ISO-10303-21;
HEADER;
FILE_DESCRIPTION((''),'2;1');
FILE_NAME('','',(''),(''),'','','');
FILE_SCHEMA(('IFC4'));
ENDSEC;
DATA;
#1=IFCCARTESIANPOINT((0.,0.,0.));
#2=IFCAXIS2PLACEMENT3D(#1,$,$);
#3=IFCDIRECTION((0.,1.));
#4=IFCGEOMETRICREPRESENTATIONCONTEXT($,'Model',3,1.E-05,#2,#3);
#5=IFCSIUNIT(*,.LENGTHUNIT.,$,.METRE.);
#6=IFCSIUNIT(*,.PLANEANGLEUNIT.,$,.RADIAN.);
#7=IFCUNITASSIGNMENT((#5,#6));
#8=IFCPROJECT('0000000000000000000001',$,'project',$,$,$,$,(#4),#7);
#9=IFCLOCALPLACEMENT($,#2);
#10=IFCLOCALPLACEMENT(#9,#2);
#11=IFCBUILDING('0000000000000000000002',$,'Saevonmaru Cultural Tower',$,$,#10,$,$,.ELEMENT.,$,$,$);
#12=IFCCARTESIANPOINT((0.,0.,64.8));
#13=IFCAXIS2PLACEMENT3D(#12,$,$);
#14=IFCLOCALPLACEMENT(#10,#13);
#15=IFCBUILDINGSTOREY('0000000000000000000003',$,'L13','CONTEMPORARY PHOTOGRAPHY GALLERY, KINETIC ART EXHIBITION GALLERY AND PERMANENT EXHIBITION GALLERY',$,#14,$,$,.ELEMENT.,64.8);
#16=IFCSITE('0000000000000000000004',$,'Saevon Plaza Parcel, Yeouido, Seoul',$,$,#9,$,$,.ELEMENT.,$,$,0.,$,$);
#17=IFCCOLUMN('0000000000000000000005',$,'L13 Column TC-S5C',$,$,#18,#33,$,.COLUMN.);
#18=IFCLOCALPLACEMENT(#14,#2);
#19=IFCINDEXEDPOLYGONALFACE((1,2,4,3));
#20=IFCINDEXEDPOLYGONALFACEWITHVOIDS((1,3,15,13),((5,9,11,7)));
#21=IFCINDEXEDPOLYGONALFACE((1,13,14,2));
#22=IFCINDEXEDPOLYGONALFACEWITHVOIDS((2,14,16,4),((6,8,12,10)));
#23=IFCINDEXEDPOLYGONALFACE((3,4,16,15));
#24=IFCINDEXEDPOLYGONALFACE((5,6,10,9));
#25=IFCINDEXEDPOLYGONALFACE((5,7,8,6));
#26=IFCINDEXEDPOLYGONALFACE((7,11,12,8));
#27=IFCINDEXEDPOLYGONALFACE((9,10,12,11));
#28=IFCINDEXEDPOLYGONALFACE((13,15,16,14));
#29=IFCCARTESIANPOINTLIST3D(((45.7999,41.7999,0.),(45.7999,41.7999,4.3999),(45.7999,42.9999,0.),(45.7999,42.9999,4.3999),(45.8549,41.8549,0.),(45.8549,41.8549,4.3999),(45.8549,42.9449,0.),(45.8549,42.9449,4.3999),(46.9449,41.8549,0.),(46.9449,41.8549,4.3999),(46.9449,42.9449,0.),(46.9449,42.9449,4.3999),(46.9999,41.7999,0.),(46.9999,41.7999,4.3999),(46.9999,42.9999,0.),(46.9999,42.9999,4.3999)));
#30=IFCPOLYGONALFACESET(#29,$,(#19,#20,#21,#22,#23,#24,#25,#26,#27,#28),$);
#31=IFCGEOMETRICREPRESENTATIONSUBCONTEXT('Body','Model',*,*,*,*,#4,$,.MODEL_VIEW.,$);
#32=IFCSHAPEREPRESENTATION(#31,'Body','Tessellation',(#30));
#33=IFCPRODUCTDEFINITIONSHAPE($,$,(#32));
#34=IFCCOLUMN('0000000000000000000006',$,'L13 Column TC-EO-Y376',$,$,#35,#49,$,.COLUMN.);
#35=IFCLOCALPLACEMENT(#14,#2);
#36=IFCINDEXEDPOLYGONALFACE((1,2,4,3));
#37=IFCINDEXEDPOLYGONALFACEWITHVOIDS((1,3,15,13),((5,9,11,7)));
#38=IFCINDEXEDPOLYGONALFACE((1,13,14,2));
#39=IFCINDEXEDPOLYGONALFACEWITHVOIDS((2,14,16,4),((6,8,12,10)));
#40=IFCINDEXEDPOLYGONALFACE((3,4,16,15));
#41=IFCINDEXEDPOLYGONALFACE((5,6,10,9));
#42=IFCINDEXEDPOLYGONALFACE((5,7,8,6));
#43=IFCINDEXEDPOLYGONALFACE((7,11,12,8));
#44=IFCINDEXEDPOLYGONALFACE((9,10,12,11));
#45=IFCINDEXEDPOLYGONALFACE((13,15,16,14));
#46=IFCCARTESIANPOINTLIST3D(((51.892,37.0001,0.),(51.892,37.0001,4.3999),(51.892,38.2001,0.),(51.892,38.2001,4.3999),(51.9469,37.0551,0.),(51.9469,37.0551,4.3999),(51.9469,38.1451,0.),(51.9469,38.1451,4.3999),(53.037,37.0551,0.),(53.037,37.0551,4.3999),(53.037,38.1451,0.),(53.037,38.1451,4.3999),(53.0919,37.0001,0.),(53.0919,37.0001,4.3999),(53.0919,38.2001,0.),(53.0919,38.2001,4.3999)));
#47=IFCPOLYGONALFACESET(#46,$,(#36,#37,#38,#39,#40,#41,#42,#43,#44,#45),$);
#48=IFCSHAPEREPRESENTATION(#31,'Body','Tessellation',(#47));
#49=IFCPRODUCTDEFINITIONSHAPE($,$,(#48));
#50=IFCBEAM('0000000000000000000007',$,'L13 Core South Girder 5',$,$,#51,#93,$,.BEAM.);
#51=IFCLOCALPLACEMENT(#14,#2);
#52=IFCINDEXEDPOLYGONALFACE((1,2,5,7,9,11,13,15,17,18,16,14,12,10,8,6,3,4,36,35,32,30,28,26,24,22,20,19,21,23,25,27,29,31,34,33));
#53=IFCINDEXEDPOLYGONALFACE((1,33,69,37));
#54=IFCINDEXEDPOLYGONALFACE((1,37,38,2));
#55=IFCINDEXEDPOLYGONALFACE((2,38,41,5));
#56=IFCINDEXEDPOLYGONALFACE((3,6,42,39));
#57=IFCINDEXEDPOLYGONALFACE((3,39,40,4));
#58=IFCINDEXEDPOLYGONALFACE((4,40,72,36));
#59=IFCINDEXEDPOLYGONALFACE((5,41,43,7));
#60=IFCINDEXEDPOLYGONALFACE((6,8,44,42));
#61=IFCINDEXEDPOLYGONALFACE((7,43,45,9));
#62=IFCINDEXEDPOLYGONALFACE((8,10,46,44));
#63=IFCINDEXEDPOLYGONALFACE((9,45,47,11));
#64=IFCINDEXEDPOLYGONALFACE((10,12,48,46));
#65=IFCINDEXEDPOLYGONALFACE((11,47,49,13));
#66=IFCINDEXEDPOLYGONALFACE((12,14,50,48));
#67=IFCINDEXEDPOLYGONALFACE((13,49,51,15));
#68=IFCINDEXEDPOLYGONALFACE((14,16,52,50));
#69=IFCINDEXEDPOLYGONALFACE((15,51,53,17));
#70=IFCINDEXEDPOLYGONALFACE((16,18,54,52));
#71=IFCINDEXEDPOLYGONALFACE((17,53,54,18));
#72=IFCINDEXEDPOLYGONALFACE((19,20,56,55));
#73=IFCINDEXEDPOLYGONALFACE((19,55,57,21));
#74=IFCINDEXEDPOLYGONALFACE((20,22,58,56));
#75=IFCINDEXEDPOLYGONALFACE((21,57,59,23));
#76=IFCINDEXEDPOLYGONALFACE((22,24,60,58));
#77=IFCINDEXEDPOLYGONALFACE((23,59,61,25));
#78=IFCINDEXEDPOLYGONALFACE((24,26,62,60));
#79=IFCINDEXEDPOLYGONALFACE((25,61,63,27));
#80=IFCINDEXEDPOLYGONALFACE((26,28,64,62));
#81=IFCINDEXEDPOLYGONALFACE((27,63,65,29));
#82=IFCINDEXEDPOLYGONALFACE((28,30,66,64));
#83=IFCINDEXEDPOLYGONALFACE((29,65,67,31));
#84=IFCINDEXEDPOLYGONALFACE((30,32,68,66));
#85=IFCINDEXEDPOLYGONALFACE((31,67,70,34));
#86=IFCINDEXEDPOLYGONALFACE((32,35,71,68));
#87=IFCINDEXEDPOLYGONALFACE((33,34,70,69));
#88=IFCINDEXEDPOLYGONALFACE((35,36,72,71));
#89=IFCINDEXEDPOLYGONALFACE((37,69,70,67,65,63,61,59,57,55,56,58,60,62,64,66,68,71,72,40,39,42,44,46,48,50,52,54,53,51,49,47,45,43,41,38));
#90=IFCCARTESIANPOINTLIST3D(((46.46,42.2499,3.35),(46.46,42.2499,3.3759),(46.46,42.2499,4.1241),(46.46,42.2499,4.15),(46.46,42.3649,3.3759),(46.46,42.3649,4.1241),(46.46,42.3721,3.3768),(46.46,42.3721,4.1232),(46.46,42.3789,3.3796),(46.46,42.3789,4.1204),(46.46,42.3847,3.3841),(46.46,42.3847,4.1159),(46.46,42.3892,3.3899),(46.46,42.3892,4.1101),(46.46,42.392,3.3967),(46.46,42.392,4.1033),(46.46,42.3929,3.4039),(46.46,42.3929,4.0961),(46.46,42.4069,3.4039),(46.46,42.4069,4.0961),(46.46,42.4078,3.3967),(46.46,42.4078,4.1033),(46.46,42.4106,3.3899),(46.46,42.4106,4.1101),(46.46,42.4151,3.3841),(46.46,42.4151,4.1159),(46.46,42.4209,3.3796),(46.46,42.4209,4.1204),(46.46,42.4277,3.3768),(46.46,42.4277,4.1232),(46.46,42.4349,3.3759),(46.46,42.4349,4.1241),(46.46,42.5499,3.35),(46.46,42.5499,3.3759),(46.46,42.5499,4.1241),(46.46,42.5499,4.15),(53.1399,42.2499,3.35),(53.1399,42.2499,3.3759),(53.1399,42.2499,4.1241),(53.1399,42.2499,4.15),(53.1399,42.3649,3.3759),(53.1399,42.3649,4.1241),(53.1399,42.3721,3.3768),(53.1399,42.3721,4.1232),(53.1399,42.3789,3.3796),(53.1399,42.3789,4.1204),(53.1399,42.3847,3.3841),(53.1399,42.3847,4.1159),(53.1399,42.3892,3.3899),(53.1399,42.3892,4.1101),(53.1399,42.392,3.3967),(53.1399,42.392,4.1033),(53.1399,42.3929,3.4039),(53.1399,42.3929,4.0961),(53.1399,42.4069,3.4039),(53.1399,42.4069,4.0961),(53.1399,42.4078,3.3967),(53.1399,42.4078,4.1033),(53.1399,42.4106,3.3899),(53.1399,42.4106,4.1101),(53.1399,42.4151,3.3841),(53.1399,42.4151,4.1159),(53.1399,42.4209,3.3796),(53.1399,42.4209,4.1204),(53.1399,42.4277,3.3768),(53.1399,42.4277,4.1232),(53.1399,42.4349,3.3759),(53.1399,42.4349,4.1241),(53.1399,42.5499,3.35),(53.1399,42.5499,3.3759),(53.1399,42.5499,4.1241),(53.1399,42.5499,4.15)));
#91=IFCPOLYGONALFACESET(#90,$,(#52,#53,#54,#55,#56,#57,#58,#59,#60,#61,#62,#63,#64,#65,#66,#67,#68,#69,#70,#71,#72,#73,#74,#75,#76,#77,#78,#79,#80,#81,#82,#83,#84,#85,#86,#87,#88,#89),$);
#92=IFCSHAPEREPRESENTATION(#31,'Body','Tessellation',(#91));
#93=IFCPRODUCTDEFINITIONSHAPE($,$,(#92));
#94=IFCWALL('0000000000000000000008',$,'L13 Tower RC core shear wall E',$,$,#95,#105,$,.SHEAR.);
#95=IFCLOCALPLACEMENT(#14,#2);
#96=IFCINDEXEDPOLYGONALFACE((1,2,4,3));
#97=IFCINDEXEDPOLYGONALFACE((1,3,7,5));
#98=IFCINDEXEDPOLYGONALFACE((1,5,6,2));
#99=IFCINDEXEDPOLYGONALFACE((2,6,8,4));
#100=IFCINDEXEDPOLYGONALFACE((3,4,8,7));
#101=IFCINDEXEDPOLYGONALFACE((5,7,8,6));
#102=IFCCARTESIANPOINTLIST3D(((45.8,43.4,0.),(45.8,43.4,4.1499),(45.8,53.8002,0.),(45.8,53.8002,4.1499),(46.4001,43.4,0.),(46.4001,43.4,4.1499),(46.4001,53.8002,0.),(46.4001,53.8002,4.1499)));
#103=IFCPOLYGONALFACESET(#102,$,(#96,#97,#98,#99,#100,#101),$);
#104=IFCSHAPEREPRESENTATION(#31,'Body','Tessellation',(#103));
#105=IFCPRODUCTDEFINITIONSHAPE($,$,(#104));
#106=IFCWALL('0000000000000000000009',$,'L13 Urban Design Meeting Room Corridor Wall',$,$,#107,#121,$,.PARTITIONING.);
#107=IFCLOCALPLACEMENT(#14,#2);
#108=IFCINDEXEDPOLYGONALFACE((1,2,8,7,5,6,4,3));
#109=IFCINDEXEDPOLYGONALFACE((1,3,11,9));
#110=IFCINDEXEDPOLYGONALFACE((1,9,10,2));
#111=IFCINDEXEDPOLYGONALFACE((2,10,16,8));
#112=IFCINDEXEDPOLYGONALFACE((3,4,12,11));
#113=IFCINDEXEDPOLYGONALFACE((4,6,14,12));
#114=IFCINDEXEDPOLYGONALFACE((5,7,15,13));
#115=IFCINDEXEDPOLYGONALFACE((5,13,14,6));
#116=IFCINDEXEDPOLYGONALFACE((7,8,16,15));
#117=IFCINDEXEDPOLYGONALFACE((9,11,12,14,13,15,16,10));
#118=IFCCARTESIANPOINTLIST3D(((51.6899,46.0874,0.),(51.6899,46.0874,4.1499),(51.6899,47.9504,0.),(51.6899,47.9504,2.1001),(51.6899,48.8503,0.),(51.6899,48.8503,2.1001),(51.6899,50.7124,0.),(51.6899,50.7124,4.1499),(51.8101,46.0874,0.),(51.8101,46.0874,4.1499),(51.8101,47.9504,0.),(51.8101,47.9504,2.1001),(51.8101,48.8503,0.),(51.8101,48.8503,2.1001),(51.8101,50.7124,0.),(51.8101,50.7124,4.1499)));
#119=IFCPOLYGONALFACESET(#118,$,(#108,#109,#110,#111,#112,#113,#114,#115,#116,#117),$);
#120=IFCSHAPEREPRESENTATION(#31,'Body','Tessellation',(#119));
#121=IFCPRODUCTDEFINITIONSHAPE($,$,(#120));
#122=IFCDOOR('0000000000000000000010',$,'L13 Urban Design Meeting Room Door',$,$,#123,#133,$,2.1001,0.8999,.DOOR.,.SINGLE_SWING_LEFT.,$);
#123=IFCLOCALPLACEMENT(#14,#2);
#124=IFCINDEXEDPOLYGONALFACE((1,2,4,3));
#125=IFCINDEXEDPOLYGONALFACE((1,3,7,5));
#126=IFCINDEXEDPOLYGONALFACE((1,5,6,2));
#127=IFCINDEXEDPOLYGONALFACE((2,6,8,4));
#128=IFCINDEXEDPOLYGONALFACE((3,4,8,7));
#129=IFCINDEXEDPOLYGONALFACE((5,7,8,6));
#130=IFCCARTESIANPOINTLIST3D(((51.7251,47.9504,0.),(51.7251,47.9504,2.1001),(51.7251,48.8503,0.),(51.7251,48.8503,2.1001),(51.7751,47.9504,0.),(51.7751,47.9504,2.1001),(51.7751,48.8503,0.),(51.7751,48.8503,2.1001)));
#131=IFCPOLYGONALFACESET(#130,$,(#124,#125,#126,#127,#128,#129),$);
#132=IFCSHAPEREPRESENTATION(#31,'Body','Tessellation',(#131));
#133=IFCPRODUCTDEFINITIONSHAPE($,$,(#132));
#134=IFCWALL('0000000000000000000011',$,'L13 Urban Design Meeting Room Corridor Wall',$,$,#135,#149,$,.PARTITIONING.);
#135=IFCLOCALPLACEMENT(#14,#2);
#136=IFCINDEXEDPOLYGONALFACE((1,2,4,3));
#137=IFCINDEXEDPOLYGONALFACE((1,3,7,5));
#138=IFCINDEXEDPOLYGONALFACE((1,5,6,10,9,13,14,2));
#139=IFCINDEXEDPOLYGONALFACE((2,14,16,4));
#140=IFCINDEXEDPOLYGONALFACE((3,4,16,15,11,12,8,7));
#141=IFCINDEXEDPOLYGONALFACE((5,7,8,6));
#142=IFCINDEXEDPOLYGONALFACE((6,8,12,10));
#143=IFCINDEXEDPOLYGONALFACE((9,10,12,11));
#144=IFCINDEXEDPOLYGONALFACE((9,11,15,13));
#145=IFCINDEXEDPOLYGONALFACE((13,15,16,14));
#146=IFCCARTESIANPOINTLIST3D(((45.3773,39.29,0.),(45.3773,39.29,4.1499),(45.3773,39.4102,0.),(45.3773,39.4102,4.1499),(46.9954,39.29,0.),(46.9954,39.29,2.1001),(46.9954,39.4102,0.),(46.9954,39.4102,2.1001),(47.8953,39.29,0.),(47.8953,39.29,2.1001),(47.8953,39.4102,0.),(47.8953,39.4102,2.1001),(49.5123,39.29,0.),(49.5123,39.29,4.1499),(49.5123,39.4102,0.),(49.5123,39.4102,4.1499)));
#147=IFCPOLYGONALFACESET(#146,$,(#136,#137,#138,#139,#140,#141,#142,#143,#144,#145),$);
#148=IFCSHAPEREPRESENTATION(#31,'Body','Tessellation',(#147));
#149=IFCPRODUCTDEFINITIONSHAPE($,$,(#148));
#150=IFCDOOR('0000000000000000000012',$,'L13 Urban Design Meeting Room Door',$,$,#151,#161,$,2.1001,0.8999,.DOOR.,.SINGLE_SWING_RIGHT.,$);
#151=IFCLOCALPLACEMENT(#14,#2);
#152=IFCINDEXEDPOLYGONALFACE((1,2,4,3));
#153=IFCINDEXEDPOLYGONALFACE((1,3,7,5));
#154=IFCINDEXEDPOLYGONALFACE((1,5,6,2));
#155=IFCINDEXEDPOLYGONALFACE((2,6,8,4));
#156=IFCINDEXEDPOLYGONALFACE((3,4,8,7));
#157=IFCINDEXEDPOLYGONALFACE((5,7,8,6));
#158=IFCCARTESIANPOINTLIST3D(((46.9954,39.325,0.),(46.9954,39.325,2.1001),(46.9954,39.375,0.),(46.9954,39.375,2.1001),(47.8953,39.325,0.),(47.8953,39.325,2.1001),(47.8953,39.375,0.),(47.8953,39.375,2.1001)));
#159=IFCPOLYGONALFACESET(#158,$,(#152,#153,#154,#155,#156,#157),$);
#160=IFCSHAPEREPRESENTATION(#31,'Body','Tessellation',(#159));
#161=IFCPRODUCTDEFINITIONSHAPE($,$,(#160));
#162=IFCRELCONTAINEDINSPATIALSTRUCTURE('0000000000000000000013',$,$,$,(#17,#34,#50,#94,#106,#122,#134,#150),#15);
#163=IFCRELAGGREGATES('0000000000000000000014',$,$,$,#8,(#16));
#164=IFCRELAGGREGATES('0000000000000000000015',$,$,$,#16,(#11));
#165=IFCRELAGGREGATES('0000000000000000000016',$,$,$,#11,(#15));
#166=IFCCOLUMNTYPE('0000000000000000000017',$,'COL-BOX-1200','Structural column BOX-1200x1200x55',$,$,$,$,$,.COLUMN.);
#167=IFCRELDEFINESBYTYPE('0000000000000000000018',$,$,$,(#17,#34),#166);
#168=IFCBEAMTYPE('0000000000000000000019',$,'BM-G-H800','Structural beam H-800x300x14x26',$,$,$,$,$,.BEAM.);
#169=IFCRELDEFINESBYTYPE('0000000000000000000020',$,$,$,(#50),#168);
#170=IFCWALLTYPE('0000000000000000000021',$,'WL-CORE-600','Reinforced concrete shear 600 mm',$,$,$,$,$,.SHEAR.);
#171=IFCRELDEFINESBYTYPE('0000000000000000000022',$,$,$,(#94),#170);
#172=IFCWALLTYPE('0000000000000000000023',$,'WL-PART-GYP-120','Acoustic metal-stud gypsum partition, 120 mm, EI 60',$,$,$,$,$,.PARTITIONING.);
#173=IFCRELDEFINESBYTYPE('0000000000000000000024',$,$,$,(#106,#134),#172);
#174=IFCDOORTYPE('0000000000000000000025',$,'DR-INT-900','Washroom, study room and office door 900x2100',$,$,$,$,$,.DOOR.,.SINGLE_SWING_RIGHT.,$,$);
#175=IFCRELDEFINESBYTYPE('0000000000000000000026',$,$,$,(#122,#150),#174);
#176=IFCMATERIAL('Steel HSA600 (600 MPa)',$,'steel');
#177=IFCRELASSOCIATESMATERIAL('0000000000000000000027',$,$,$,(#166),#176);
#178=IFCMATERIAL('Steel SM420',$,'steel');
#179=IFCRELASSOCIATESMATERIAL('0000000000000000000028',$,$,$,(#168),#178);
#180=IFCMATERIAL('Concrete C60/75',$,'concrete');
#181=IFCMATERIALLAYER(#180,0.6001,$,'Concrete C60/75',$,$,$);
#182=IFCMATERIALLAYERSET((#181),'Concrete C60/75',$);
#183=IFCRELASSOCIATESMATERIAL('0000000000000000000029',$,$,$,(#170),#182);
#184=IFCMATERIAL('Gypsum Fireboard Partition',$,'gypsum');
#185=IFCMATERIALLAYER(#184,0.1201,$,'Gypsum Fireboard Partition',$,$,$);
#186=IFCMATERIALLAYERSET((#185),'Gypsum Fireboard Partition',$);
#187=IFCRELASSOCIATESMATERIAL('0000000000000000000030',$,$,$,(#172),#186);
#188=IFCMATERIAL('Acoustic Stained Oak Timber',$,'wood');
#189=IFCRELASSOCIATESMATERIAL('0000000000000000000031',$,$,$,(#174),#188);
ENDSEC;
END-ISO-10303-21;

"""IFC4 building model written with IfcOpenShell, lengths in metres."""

from ifc_helpers import new_model, si_unit, direction, frame, frame_2d, origin, origin_2d, place, context, subcontext, project, spatial, rectangle, hollow_rectangle, i_section, extrude, material, layer, layer_set, material_profile, profile_set, type_object, element, fill, save


model = new_model("IFC4")

# Units and contexts
model_context = context("Model", 3, precision=1e-05, world=origin(), true_north=direction((0.0, 1.0)))
body_context = subcontext(model_context, "Body", "Model", "MODEL_VIEW")
ifc_project = project(units=[si_unit("LENGTHUNIT", "METRE"), si_unit("PLANEANGLEUNIT", "RADIAN")], contexts=[model_context])

# Site, building, storey
site_placement = place(None, origin())
site = spatial("IfcSite", under=ifc_project, at=site_placement, Name="Saevon Plaza Parcel, Yeouido, Seoul", CompositionType="ELEMENT", RefElevation=0.0)
building_placement = place(site_placement, origin())
building = spatial("IfcBuilding", under=site, at=building_placement, Name="Saevonmaru Cultural Tower", CompositionType="ELEMENT")
storey_placement = place(building_placement, frame((0.0, 0.0, 64.8)))
storey = spatial("IfcBuildingStorey", under=building, at=storey_placement, Name="L13", Description="CONTEMPORARY PHOTOGRAPHY GALLERY, KINETIC ART EXHIBITION GALLERY AND PERMANENT EXHIBITION GALLERY", CompositionType="ELEMENT", Elevation=64.8)

# Columns
ifc_material_1 = material(Name="Steel HSA600 (600 MPa)", Category="steel")
ifc_material_profile_1 = material_profile(ifc_material_1, hollow_rectangle(XDim=1.2, YDim=1.2, WallThickness=0.0549, at=origin_2d()), Name="BOX-1200x1200x55")
ifc_profile_set_1 = profile_set([ifc_material_profile_1], Name="Steel HSA600 (600 MPa)")
column_type = type_object("IfcColumnType", Name="COL-BOX-1200", Description="Structural column BOX-1200x1200x55", PredefinedType="COLUMN", material=ifc_profile_set_1)
for number, where, z_axis, x_axis, name in (
    (1, (46.3999, 42.3999, 0.0), (0.0, 0.0, 1.0), (1.0, 0.0, 0.0), "L13 Column TC-S5C"),
    (2, (52.4919, 37.6001, 0.0), (0.0, 0.0, 1.0), (1.0, 0.0, 0.0), "L13 Column TC-EO-Y376"),
):
    element("IfcColumn", number, at=place(storey_placement, frame(where, z_axis=z_axis, x_axis=x_axis)), inside=storey, type_object=column_type, Name=name, PredefinedType="COLUMN", context=body_context, shape_type="SweptSolid", body=[
        extrude(hollow_rectangle(XDim=1.2, YDim=1.2, WallThickness=0.0549, at=origin_2d()), origin(), (0.0, 0.0, 1.0), 4.3999),
    ])

# Beam
ifc_material_2 = material(Name="Steel SM420", Category="steel")
ifc_material_profile_2 = material_profile(ifc_material_2, i_section(OverallWidth=0.3, OverallDepth=0.8, WebThickness=0.0139, FlangeThickness=0.0259, FilletRadius=0.0281, at=origin_2d()), Name="H-800x300x14x26")
ifc_profile_set_2 = profile_set([ifc_material_profile_2], Name="Steel SM420")
beam_type = type_object("IfcBeamType", Name="BM-G-H800", Description="Structural beam H-800x300x14x26", PredefinedType="BEAM", material=ifc_profile_set_2)
beam_placement = place(storey_placement, frame((46.46, 42.3999, 3.75), z_axis=(1.0, 0.0, 0.0), x_axis=(0.0, 1.0, 0.0)))
element("IfcBeam", 3, at=beam_placement, inside=storey, type_object=beam_type, Name="L13 Core South Girder 5", PredefinedType="BEAM", context=body_context, shape_type="SweptSolid", body=[
    extrude(i_section(OverallWidth=0.3, OverallDepth=0.8, WebThickness=0.0139, FlangeThickness=0.0259, FilletRadius=0.0281, at=origin_2d()), origin(), (0.0, 0.0, 1.0), 6.6799),
])

# Wall
ifc_material_3 = material(Name="Concrete C60/75", Category="concrete")
ifc_layer_1 = layer(ifc_material_3, 0.6001, Name="Concrete C60/75")
ifc_layer_set_1 = layer_set([ifc_layer_1], Name="Concrete C60/75")
wall_type_1 = type_object("IfcWallType", Name="WL-CORE-600", Description="Reinforced concrete shear 600 mm", PredefinedType="SHEAR", material=ifc_layer_set_1)
wall_1_placement = place(storey_placement, frame((46.1001, 43.3999, 0.0), z_axis=(0.0, 0.0, 1.0), x_axis=(0.0, 1.0, 0.0)))
element("IfcWall", 4, at=wall_1_placement, inside=storey, type_object=wall_type_1, Name="L13 Tower RC core shear wall E", PredefinedType="SHEAR", context=body_context, shape_type="SweptSolid", body=[
    extrude(rectangle(XDim=10.4001, YDim=0.6001, at=frame_2d((5.2002, 0.0))), origin(), (0.0, 0.0, 1.0), 4.1499),
])

# Walls, openings, doors
ifc_material_4 = material(Name="Gypsum Fireboard Partition", Category="gypsum")
ifc_material_5 = material(Name="Acoustic Stained Oak Timber", Category="wood")
ifc_layer_2 = layer(ifc_material_4, 0.1201, Name="Gypsum Fireboard Partition")
ifc_layer_set_2 = layer_set([ifc_layer_2], Name="Gypsum Fireboard Partition")
wall_type_2 = type_object("IfcWallType", Name="WL-PART-GYP-120", Description="Acoustic metal-stud gypsum partition, 120 mm, EI 60", PredefinedType="PARTITIONING", material=ifc_layer_set_2)
wall_2_placement = place(storey_placement, frame((51.75, 46.0874, 0.0), z_axis=(0.0, 0.0, 1.0), x_axis=(0.0, 1.0, 0.0)))
wall_2 = element("IfcWall", 5, at=wall_2_placement, inside=storey, type_object=wall_type_2, Name="L13 Urban Design Meeting Room Corridor Wall", PredefinedType="PARTITIONING", context=body_context, shape_type="SweptSolid", body=[
    extrude(rectangle(XDim=4.625, YDim=0.1201, at=frame_2d((2.3125, 0.0))), origin(), (0.0, 0.0, 1.0), 4.1499),
])
opening_1_placement = place(wall_2_placement, frame((1.863, 0.0, 0.0)))
opening_1 = element("IfcOpeningElement", 6, at=opening_1_placement, cuts=wall_2, PredefinedType="OPENING", context=body_context, shape_type="SweptSolid", body=[
    extrude(rectangle(XDim=0.8999, YDim=2.1001, at=frame_2d((0.45, 1.05))), frame((0.0, 0.0701, 0.0), z_axis=(0.0, -1.0, 0.0), x_axis=(1.0, 0.0, 0.0)), (0.0, 0.0, 1.0), 0.1401),
])
door_type_1 = type_object("IfcDoorType", Name="DR-INT-900", Description="Washroom, study room and office door 900x2100", OperationType="SINGLE_SWING_RIGHT", PredefinedType="DOOR", material=ifc_material_5)
door_1_placement = place(opening_1_placement, origin())
door_1 = element("IfcDoor", 7, at=door_1_placement, inside=storey, type_object=door_type_1, Name="L13 Urban Design Meeting Room Door", OperationType="SINGLE_SWING_LEFT", OverallHeight=2.1001, OverallWidth=0.8999, PredefinedType="DOOR", context=body_context, shape_type="SweptSolid", body=[
    extrude(rectangle(XDim=0.8999, YDim=2.1001, at=frame_2d((0.45, 1.05))), frame((0.0, 0.0249, 0.0), z_axis=(0.0, -1.0, 0.0), x_axis=(1.0, 0.0, 0.0)), (0.0, 0.0, 1.0), 0.05),
])
fill(opening_1, door_1)
wall_3_placement = place(storey_placement, frame((45.3774, 39.3501, 0.0), z_axis=(0.0, 0.0, 1.0), x_axis=(1.0, 0.0, 0.0)))
wall_3 = element("IfcWall", 8, at=wall_3_placement, inside=storey, type_object=wall_type_2, Name="L13 Urban Design Meeting Room Corridor Wall", PredefinedType="PARTITIONING", context=body_context, shape_type="SweptSolid", body=[
    extrude(rectangle(XDim=4.135, YDim=0.1201, at=frame_2d((2.0674, 0.0))), origin(), (0.0, 0.0, 1.0), 4.1499),
])
opening_2_placement = place(wall_3_placement, frame((1.6179, 0.0, 0.0)))
opening_2 = element("IfcOpeningElement", 9, at=opening_2_placement, cuts=wall_3, PredefinedType="OPENING", context=body_context, shape_type="SweptSolid", body=[
    extrude(rectangle(XDim=0.8999, YDim=2.1001, at=frame_2d((0.45, 1.05))), frame((0.0, 0.0701, 0.0), z_axis=(0.0, -1.0, 0.0), x_axis=(1.0, 0.0, 0.0)), (0.0, 0.0, 1.0), 0.1401),
])
door_2_placement = place(opening_2_placement, origin())
door_2 = element("IfcDoor", 10, at=door_2_placement, inside=storey, type_object=door_type_1, Name="L13 Urban Design Meeting Room Door", OperationType="SINGLE_SWING_RIGHT", OverallHeight=2.1001, OverallWidth=0.8999, PredefinedType="DOOR", context=body_context, shape_type="SweptSolid", body=[
    extrude(rectangle(XDim=0.8999, YDim=2.1001, at=frame_2d((0.45, 1.05))), frame((0.0, 0.0249, 0.0), z_axis=(0.0, -1.0, 0.0), x_axis=(1.0, 0.0, 0.0)), (0.0, 0.0, 1.0), 0.05),
])
fill(opening_2, door_2)

save(model, "model.ifc")
